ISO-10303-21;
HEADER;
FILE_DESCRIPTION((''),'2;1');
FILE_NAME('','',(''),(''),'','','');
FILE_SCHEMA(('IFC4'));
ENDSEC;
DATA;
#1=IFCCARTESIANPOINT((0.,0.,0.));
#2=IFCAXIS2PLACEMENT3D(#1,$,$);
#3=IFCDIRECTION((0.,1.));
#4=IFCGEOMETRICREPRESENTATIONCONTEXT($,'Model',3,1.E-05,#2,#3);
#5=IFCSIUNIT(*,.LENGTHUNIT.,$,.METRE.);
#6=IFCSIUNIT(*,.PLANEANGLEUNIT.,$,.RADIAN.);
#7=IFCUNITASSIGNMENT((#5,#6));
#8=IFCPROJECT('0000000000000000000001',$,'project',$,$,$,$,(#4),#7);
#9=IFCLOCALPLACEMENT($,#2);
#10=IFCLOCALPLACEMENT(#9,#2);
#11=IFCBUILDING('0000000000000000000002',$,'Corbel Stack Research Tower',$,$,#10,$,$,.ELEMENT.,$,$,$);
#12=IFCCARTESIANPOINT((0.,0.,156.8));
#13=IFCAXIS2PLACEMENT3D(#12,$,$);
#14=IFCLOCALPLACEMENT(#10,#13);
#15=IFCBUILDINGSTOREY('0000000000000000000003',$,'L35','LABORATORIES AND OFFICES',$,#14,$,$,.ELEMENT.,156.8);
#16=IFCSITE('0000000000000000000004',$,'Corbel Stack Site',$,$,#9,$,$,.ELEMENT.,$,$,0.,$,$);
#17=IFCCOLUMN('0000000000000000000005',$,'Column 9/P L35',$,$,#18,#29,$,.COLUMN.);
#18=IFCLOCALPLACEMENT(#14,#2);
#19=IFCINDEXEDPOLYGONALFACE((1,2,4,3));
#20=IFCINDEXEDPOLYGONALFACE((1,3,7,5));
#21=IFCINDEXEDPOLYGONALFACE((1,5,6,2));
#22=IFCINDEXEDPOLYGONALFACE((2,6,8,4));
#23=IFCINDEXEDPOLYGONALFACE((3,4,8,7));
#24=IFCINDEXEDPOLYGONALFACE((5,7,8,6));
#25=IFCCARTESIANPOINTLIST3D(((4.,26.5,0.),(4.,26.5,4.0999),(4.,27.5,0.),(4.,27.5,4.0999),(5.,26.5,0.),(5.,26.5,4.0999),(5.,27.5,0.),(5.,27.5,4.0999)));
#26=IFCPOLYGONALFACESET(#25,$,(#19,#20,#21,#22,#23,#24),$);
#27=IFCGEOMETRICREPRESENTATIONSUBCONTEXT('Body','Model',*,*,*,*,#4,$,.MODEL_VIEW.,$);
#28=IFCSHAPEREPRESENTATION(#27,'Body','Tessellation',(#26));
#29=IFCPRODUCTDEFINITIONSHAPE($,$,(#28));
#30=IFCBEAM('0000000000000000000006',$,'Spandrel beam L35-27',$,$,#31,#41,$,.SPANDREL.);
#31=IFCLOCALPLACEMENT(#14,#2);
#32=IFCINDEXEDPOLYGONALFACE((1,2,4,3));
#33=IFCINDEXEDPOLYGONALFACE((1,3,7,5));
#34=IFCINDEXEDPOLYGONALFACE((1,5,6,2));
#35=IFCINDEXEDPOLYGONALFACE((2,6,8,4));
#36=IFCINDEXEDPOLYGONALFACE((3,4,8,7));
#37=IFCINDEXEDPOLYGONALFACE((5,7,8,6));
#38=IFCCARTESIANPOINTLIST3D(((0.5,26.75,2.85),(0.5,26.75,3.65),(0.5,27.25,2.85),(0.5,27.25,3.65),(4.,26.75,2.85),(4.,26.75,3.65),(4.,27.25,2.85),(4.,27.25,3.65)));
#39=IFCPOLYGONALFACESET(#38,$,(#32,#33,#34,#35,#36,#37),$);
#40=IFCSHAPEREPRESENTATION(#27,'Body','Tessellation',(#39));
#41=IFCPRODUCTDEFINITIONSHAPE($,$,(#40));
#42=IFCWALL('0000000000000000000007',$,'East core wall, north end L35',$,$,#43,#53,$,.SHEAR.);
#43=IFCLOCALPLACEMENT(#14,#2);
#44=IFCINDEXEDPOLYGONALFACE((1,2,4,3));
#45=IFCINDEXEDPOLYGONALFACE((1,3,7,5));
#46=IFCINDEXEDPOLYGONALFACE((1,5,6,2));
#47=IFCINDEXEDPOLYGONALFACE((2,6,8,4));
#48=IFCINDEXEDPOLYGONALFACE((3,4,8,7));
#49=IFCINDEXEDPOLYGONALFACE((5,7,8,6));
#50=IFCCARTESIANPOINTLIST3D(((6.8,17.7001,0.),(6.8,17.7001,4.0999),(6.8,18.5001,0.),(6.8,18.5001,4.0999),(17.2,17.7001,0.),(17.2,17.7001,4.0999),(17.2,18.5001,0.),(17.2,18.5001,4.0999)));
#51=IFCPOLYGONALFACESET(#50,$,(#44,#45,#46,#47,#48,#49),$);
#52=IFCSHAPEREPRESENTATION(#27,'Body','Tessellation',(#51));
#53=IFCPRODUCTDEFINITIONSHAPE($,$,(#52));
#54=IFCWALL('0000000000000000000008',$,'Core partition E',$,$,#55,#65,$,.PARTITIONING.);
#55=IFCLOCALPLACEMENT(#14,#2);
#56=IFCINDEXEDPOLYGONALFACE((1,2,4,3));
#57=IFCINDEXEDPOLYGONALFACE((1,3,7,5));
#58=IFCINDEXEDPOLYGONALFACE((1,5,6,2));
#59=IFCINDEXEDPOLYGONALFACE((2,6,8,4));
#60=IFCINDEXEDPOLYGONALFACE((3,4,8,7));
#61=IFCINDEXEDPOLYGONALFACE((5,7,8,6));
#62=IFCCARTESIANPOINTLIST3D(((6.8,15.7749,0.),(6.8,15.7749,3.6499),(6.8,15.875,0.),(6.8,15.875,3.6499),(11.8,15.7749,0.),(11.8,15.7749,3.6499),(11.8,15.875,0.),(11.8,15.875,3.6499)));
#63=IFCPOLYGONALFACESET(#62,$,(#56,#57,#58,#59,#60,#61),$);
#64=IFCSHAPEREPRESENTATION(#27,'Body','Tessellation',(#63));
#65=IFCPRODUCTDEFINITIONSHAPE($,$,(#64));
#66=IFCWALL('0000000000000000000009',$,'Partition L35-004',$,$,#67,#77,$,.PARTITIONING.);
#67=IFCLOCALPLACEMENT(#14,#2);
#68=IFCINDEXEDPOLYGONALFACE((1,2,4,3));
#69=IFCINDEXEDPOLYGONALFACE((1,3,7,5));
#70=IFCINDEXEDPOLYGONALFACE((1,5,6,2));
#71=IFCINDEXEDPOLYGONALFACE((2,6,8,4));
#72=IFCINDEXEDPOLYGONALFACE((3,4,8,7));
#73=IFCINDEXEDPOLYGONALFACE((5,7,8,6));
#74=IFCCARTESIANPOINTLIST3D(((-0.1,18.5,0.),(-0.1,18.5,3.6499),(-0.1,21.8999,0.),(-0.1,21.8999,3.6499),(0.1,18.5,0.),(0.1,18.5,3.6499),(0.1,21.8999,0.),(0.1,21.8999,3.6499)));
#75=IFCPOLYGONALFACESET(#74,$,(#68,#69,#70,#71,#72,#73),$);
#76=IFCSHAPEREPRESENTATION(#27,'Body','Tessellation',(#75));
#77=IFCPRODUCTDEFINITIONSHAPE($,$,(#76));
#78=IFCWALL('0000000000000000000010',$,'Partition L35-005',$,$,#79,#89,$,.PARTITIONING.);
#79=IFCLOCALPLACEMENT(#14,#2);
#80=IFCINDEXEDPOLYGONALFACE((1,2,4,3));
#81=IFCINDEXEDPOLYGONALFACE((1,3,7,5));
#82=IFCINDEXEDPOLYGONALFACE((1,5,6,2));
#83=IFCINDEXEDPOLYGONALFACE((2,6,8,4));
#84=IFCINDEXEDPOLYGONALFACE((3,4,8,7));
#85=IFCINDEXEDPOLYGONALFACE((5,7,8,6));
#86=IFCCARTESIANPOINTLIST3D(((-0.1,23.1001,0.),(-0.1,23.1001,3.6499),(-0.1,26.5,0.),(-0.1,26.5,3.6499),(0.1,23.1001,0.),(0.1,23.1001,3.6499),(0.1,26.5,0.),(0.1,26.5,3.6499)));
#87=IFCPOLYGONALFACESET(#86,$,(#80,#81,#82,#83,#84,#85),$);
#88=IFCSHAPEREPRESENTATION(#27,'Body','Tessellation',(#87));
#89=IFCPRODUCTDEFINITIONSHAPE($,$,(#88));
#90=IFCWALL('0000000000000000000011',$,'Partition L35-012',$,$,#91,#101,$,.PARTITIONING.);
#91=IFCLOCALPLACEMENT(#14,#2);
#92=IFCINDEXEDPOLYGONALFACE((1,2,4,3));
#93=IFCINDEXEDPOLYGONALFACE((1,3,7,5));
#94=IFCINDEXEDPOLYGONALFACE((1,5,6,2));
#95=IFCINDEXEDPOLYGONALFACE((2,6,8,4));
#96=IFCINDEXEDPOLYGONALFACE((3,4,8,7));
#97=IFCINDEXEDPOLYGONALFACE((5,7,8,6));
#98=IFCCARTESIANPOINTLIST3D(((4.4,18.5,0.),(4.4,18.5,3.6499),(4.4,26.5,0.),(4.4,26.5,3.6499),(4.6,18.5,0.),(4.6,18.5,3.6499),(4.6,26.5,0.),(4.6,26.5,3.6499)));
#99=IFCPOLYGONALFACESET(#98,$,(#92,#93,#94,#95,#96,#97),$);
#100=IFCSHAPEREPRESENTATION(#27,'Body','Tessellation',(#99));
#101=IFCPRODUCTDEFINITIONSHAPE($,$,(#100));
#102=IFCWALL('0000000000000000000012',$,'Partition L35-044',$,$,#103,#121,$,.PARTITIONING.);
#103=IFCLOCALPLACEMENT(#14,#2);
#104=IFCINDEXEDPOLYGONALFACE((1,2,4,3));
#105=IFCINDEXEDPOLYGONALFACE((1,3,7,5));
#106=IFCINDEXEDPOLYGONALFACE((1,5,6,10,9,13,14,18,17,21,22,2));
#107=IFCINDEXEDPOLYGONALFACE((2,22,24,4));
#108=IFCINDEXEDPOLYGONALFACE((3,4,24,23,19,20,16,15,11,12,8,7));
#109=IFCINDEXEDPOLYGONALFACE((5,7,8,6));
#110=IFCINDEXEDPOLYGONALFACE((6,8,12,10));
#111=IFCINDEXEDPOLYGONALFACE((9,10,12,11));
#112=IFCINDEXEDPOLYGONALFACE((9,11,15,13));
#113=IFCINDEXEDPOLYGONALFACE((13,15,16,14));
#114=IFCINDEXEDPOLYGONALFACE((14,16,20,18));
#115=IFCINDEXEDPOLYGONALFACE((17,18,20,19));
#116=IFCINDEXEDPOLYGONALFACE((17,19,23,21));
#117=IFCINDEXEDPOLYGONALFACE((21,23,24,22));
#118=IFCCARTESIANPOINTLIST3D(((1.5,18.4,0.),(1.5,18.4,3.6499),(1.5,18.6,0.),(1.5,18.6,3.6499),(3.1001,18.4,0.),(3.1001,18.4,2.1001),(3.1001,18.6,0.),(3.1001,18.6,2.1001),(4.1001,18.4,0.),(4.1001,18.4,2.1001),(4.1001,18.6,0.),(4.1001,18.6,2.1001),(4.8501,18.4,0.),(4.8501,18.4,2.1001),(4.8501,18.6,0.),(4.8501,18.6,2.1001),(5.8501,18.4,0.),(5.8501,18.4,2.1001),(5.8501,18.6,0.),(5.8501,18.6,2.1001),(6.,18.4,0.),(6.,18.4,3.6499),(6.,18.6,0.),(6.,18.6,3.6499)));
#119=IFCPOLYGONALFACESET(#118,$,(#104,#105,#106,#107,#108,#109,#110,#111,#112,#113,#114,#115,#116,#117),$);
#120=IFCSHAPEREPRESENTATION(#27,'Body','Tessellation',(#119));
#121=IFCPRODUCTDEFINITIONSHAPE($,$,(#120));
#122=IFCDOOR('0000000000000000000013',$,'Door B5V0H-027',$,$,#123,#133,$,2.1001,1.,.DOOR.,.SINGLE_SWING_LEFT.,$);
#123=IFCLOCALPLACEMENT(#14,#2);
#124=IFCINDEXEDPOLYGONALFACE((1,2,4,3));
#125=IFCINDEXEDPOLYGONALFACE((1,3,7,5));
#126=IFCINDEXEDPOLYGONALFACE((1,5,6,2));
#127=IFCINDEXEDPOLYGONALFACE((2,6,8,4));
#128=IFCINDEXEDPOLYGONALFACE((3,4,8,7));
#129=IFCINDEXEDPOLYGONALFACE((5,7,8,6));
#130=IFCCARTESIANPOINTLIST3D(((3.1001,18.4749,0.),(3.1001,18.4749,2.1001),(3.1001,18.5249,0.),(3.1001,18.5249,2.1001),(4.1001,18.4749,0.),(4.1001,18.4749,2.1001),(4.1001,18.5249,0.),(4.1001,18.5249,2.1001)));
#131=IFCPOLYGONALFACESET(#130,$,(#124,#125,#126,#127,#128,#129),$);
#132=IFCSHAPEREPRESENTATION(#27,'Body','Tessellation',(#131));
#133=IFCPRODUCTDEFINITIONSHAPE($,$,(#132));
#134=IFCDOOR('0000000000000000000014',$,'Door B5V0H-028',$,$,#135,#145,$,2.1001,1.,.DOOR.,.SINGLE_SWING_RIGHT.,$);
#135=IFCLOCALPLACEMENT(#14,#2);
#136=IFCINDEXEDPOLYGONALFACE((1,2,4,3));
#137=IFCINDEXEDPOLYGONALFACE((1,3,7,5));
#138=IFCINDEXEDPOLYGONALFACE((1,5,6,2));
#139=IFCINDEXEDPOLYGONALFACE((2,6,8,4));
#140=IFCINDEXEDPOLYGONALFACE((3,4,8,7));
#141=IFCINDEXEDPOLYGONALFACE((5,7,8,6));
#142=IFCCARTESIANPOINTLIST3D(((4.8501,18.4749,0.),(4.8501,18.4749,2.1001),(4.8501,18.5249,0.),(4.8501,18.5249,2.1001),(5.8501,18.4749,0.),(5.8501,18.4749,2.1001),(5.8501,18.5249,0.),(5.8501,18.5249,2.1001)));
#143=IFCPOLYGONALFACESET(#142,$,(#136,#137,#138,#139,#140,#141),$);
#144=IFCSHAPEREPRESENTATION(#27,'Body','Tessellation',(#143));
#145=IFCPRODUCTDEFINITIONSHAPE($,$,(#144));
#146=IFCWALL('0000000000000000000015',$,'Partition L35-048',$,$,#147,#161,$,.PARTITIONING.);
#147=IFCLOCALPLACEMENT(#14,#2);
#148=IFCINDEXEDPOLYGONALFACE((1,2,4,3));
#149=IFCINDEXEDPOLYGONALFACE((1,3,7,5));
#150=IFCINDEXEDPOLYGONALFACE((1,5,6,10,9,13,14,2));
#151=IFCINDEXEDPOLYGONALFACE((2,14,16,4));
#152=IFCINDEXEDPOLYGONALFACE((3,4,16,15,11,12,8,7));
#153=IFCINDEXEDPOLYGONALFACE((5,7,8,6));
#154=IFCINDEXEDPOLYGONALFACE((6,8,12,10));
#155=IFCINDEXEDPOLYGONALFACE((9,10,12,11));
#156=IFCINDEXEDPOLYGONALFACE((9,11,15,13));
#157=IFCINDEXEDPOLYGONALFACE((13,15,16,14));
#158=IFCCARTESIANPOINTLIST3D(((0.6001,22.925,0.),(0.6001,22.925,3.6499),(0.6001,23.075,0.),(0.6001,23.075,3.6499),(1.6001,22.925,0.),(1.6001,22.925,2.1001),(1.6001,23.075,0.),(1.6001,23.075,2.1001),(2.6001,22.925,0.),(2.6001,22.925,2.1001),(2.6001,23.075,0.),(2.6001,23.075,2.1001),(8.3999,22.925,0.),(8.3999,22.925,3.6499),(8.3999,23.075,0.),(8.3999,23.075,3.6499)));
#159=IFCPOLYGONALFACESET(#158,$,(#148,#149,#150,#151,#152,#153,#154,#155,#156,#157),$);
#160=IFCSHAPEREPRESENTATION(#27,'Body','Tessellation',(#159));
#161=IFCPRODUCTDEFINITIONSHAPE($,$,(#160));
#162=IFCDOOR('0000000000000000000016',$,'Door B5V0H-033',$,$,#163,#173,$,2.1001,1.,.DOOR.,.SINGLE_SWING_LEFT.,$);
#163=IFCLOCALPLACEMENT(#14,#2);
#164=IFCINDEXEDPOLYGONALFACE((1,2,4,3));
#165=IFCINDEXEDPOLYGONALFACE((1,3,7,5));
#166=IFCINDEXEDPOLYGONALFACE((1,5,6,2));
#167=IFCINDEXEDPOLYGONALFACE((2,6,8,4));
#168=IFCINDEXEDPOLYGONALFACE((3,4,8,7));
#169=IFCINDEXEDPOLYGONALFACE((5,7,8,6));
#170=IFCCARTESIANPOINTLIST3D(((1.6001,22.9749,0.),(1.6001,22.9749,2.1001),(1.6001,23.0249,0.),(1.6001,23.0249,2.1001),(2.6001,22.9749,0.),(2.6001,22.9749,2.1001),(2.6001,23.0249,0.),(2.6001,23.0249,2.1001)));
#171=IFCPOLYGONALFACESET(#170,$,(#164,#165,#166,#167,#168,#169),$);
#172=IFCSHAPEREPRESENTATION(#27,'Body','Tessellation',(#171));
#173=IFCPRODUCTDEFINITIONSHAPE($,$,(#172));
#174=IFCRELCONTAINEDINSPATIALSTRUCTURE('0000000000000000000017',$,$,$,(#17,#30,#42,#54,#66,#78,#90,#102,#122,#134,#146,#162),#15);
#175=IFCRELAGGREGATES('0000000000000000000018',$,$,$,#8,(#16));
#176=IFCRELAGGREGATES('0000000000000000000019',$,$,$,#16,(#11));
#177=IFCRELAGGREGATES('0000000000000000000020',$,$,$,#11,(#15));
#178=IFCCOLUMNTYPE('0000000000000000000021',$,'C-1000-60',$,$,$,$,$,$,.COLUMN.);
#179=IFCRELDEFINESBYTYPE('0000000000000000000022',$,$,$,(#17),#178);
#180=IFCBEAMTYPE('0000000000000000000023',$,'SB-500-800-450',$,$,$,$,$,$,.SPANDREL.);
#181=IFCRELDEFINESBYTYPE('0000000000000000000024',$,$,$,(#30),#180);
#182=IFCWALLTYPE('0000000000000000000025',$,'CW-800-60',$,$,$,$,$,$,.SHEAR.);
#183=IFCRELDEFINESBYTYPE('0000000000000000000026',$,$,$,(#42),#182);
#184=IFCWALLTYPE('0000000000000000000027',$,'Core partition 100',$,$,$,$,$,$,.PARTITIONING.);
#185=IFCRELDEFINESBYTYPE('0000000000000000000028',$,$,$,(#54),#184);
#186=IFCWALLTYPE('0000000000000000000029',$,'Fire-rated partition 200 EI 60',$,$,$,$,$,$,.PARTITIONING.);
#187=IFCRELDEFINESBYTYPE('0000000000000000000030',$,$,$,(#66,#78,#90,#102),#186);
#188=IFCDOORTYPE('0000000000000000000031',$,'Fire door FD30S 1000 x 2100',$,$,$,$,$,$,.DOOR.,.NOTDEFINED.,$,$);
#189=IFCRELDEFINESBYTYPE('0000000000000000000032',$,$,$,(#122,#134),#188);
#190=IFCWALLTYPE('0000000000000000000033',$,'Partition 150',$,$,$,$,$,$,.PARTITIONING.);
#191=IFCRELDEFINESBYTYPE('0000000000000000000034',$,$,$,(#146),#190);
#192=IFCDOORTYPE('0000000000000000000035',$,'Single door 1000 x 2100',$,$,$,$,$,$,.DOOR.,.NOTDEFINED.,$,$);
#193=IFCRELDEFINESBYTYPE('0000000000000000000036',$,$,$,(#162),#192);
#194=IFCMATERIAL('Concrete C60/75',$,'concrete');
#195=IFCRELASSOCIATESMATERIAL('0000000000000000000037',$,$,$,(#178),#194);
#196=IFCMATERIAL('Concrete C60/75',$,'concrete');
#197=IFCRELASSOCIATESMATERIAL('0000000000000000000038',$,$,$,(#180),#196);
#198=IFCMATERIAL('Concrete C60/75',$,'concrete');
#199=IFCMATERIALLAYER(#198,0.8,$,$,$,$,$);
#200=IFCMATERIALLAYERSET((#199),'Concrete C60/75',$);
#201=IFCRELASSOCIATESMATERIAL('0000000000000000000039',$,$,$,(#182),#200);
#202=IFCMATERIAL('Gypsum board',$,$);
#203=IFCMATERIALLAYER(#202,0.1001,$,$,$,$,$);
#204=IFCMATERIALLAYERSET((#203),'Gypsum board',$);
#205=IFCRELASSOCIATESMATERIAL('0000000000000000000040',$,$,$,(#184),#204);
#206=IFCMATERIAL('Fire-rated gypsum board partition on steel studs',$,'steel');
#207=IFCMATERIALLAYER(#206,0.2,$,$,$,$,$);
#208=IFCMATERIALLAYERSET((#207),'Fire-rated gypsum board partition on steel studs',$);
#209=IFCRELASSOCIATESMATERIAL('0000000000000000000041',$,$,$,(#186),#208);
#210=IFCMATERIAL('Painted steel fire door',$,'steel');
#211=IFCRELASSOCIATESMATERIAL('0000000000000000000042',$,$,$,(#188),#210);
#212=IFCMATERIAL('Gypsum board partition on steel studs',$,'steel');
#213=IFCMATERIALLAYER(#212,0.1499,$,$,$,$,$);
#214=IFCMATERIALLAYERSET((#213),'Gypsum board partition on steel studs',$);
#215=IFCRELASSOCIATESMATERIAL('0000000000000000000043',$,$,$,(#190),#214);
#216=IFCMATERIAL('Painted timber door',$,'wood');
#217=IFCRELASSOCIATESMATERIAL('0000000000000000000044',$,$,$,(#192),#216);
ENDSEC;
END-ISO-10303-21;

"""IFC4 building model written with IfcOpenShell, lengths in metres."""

from ifc_helpers import new_model, si_unit, direction, frame, frame_2d, origin, origin_2d, place, context, subcontext, project, spatial, rectangle, extrude, material, layer, layer_set, material_profile, profile_set, type_object, element, fill, save


model = new_model("IFC4")

# Units and contexts
model_context = context("Model", 3, precision=1e-05, world=origin(), true_north=direction((0.0, 1.0)))
body_context = subcontext(model_context, "Body", "Model", "MODEL_VIEW")
ifc_project = project(units=[si_unit("LENGTHUNIT", "METRE"), si_unit("PLANEANGLEUNIT", "RADIAN")], contexts=[model_context])

# Site, building, storey
site_placement = place(None, origin())
site = spatial("IfcSite", under=ifc_project, at=site_placement, Name="Corbel Stack Site", CompositionType="ELEMENT", RefElevation=0.0)
building_placement = place(site_placement, origin())
building = spatial("IfcBuilding", under=site, at=building_placement, Name="Corbel Stack Research Tower", CompositionType="ELEMENT")
storey_placement = place(building_placement, frame((0.0, 0.0, 156.8)))
storey = spatial("IfcBuildingStorey", under=building, at=storey_placement, Name="L35", Description="LABORATORIES AND OFFICES", CompositionType="ELEMENT", Elevation=156.8)

# Column
ifc_material_1 = material(Name="Concrete C60/75", Category="concrete")
ifc_material_profile_1 = material_profile(ifc_material_1, rectangle(XDim=1.0, YDim=1.0, at=origin_2d()), Name="RC 1000 x 1000")
ifc_profile_set_1 = profile_set([ifc_material_profile_1], Name="Concrete C60/75")
column_type = type_object("IfcColumnType", Name="C-1000-60", PredefinedType="COLUMN", material=ifc_profile_set_1)
column_placement = place(storey_placement, frame((4.5, 27.0, 0.0), z_axis=(0.0, 0.0, 1.0), x_axis=(1.0, 0.0, 0.0)))
element("IfcColumn", 1, at=column_placement, inside=storey, type_object=column_type, Name="Column 9/P L35", PredefinedType="COLUMN", context=body_context, shape_type="SweptSolid", body=[
    extrude(rectangle(XDim=1.0, YDim=1.0, at=origin_2d()), origin(), (0.0, 0.0, 1.0), 4.0999),
])

# Beam
ifc_material_2 = material(Name="Concrete C60/75", Category="concrete")
ifc_material_profile_2 = material_profile(ifc_material_2, rectangle(XDim=0.5, YDim=0.8, at=origin_2d()), Name="RC 500 x 800")
ifc_profile_set_2 = profile_set([ifc_material_profile_2], Name="Concrete C60/75")
beam_type = type_object("IfcBeamType", Name="SB-500-800-450", PredefinedType="SPANDREL", material=ifc_profile_set_2)
beam_placement = place(storey_placement, frame((4.0, 27.0, 3.25), z_axis=(-1.0, 0.0, 0.0), x_axis=(0.0, -1.0, 0.0)))
element("IfcBeam", 2, at=beam_placement, inside=storey, type_object=beam_type, Name="Spandrel beam L35-27", PredefinedType="SPANDREL", context=body_context, shape_type="SweptSolid", body=[
    extrude(rectangle(XDim=0.5, YDim=0.8, at=origin_2d()), origin(), (0.0, 0.0, 1.0), 3.5),
])

# Walls
ifc_material_3 = material(Name="Concrete C60/75", Category="concrete")
ifc_layer_1 = layer(ifc_material_3, 0.8)
ifc_layer_set_1 = layer_set([ifc_layer_1], Name="Concrete C60/75")
wall_type_1 = type_object("IfcWallType", Name="CW-800-60", PredefinedType="SHEAR", material=ifc_layer_set_1)
wall_1_placement = place(storey_placement, frame((6.8, 18.1001, 0.0), z_axis=(0.0, 0.0, 1.0), x_axis=(1.0, 0.0, 0.0)))
element("IfcWall", 3, at=wall_1_placement, inside=storey, type_object=wall_type_1, Name="East core wall, north end L35", PredefinedType="SHEAR", context=body_context, shape_type="SweptSolid", body=[
    extrude(rectangle(XDim=10.3999, YDim=0.8, at=frame_2d((5.2, 0.0))), origin(), (0.0, 0.0, 1.0), 4.0999),
])
ifc_material_4 = material(Name="Gypsum board")
ifc_layer_2 = layer(ifc_material_4, 0.1001)
ifc_layer_set_2 = layer_set([ifc_layer_2], Name="Gypsum board")
wall_type_2 = type_object("IfcWallType", Name="Core partition 100", PredefinedType="PARTITIONING", material=ifc_layer_set_2)
wall_2_placement = place(storey_placement, frame((6.8, 15.825, 0.0), z_axis=(0.0, 0.0, 1.0), x_axis=(1.0, 0.0, 0.0)))
element("IfcWall", 4, at=wall_2_placement, inside=storey, type_object=wall_type_2, Name="Core partition E", PredefinedType="PARTITIONING", context=body_context, shape_type="SweptSolid", body=[
    extrude(rectangle(XDim=5.0, YDim=0.1001, at=frame_2d((2.5, 0.0))), origin(), (0.0, 0.0, 1.0), 3.6499),
])
ifc_material_5 = material(Name="Fire-rated gypsum board partition on steel studs", Category="steel")
ifc_layer_3 = layer(ifc_material_5, 0.2)
ifc_layer_set_3 = layer_set([ifc_layer_3], Name="Fire-rated gypsum board partition on steel studs")
wall_type_3 = type_object("IfcWallType", Name="Fire-rated partition 200 EI 60", PredefinedType="PARTITIONING", material=ifc_layer_set_3)
for number, where, z_axis, x_axis, name in (
    (5, (0.0, 18.5, 0.0), (0.0, 0.0, 1.0), (0.0, 1.0, 0.0), "Partition L35-004"),
    (6, (0.0, 23.1001, 0.0), (0.0, 0.0, 1.0), (0.0, 1.0, 0.0), "Partition L35-005"),
):
    element("IfcWall", number, at=place(storey_placement, frame(where, z_axis=z_axis, x_axis=x_axis)), inside=storey, type_object=wall_type_3, Name=name, PredefinedType="PARTITIONING", context=body_context, shape_type="SweptSolid", body=[
        extrude(rectangle(XDim=3.3999, YDim=0.2, at=frame_2d((1.7, 0.0))), origin(), (0.0, 0.0, 1.0), 3.6499),
    ])
wall_3_placement = place(storey_placement, frame((4.5, 18.5, 0.0), z_axis=(0.0, 0.0, 1.0), x_axis=(0.0, 1.0, 0.0)))
element("IfcWall", 7, at=wall_3_placement, inside=storey, type_object=wall_type_3, Name="Partition L35-012", PredefinedType="PARTITIONING", context=body_context, shape_type="SweptSolid", body=[
    extrude(rectangle(XDim=8.0, YDim=0.2, at=frame_2d((4.0, 0.0))), origin(), (0.0, 0.0, 1.0), 3.6499),
])

# Wall, openings, doors
wall_4_placement = place(storey_placement, frame((1.5, 18.5, 0.0), z_axis=(0.0, 0.0, 1.0), x_axis=(1.0, 0.0, 0.0)))
wall_4 = element("IfcWall", 8, at=wall_4_placement, inside=storey, type_object=wall_type_3, Name="Partition L35-044", PredefinedType="PARTITIONING", context=body_context, shape_type="SweptSolid", body=[
    extrude(rectangle(XDim=4.5, YDim=0.2, at=frame_2d((2.25, 0.0))), origin(), (0.0, 0.0, 1.0), 3.6499),
])
opening_1_placement = place(wall_4_placement, frame((1.6001, 0.0, 0.0)))
opening_1 = element("IfcOpeningElement", 9, at=opening_1_placement, cuts=wall_4, PredefinedType="OPENING", context=body_context, shape_type="SweptSolid", body=[
    extrude(rectangle(XDim=1.0, YDim=2.1001, at=frame_2d((0.5, 1.05))), frame((0.0, 0.1099, 0.0), z_axis=(0.0, -1.0, 0.0), x_axis=(1.0, 0.0, 0.0)), (0.0, 0.0, 1.0), 0.22),
])
opening_2_placement = place(wall_4_placement, frame((3.3501, 0.0, 0.0)))
opening_2 = element("IfcOpeningElement", 10, at=opening_2_placement, cuts=wall_4, PredefinedType="OPENING", context=body_context, shape_type="SweptSolid", body=[
    extrude(rectangle(XDim=1.0, YDim=2.1001, at=frame_2d((0.5, 1.05))), frame((0.0, 0.1099, 0.0), z_axis=(0.0, -1.0, 0.0), x_axis=(1.0, 0.0, 0.0)), (0.0, 0.0, 1.0), 0.22),
])
ifc_material_6 = material(Name="Painted steel fire door", Category="steel")
door_type_1 = type_object("IfcDoorType", Name="Fire door FD30S 1000 x 2100", OperationType="NOTDEFINED", PredefinedType="DOOR", material=ifc_material_6)
door_1_placement = place(opening_1_placement, origin())
door_1 = element("IfcDoor", 11, at=door_1_placement, inside=storey, type_object=door_type_1, Name="Door B5V0H-027", OperationType="SINGLE_SWING_LEFT", OverallHeight=2.1001, OverallWidth=1.0, PredefinedType="DOOR", context=body_context, shape_type="SweptSolid", body=[
    extrude(rectangle(XDim=1.0, YDim=2.1001, at=frame_2d((0.5, 1.05))), frame((0.0, 0.0249, 0.0), z_axis=(0.0, -1.0, 0.0), x_axis=(1.0, 0.0, 0.0)), (0.0, 0.0, 1.0), 0.05),
])
fill(opening_1, door_1)
door_2_placement = place(opening_2_placement, origin())
door_2 = element("IfcDoor", 12, at=door_2_placement, inside=storey, type_object=door_type_1, Name="Door B5V0H-028", OperationType="SINGLE_SWING_RIGHT", OverallHeight=2.1001, OverallWidth=1.0, PredefinedType="DOOR", context=body_context, shape_type="SweptSolid", body=[
    extrude(rectangle(XDim=1.0, YDim=2.1001, at=frame_2d((0.5, 1.05))), frame((0.0, 0.0249, 0.0), z_axis=(0.0, -1.0, 0.0), x_axis=(1.0, 0.0, 0.0)), (0.0, 0.0, 1.0), 0.05),
])
fill(opening_2, door_2)

# Wall, opening, door
ifc_material_7 = material(Name="Gypsum board partition on steel studs", Category="steel")
ifc_layer_4 = layer(ifc_material_7, 0.1499)
ifc_layer_set_4 = layer_set([ifc_layer_4], Name="Gypsum board partition on steel studs")
wall_type_4 = type_object("IfcWallType", Name="Partition 150", PredefinedType="PARTITIONING", material=ifc_layer_set_4)
wall_5_placement = place(storey_placement, frame((0.6001, 23.0, 0.0), z_axis=(0.0, 0.0, 1.0), x_axis=(1.0, 0.0, 0.0)))
wall_5 = element("IfcWall", 13, at=wall_5_placement, inside=storey, type_object=wall_type_4, Name="Partition L35-048", PredefinedType="PARTITIONING", context=body_context, shape_type="SweptSolid", body=[
    extrude(rectangle(XDim=7.7998, YDim=0.1499, at=frame_2d((3.8999, 0.0))), origin(), (0.0, 0.0, 1.0), 3.6499),
])
opening_3_placement = place(wall_5_placement, frame((1.0, 0.0, 0.0)))
opening_3 = element("IfcOpeningElement", 14, at=opening_3_placement, cuts=wall_5, PredefinedType="OPENING", context=body_context, shape_type="SweptSolid", body=[
    extrude(rectangle(XDim=1.0, YDim=2.1001, at=frame_2d((0.5, 1.05))), frame((0.0, 0.085, 0.0), z_axis=(0.0, -1.0, 0.0), x_axis=(1.0, 0.0, 0.0)), (0.0, 0.0, 1.0), 0.1699),
])
ifc_material_8 = material(Name="Painted timber door", Category="wood")
door_type_2 = type_object("IfcDoorType", Name="Single door 1000 x 2100", OperationType="NOTDEFINED", PredefinedType="DOOR", material=ifc_material_8)
door_3_placement = place(opening_3_placement, origin())
door_3 = element("IfcDoor", 15, at=door_3_placement, inside=storey, type_object=door_type_2, Name="Door B5V0H-033", OperationType="SINGLE_SWING_LEFT", OverallHeight=2.1001, OverallWidth=1.0, PredefinedType="DOOR", context=body_context, shape_type="SweptSolid", body=[
    extrude(rectangle(XDim=1.0, YDim=2.1001, at=frame_2d((0.5, 1.05))), frame((0.0, 0.0249, 0.0), z_axis=(0.0, -1.0, 0.0), x_axis=(1.0, 0.0, 0.0)), (0.0, 0.0, 1.0), 0.05),
])
fill(opening_3, door_3)

save(model, "model.ifc")
